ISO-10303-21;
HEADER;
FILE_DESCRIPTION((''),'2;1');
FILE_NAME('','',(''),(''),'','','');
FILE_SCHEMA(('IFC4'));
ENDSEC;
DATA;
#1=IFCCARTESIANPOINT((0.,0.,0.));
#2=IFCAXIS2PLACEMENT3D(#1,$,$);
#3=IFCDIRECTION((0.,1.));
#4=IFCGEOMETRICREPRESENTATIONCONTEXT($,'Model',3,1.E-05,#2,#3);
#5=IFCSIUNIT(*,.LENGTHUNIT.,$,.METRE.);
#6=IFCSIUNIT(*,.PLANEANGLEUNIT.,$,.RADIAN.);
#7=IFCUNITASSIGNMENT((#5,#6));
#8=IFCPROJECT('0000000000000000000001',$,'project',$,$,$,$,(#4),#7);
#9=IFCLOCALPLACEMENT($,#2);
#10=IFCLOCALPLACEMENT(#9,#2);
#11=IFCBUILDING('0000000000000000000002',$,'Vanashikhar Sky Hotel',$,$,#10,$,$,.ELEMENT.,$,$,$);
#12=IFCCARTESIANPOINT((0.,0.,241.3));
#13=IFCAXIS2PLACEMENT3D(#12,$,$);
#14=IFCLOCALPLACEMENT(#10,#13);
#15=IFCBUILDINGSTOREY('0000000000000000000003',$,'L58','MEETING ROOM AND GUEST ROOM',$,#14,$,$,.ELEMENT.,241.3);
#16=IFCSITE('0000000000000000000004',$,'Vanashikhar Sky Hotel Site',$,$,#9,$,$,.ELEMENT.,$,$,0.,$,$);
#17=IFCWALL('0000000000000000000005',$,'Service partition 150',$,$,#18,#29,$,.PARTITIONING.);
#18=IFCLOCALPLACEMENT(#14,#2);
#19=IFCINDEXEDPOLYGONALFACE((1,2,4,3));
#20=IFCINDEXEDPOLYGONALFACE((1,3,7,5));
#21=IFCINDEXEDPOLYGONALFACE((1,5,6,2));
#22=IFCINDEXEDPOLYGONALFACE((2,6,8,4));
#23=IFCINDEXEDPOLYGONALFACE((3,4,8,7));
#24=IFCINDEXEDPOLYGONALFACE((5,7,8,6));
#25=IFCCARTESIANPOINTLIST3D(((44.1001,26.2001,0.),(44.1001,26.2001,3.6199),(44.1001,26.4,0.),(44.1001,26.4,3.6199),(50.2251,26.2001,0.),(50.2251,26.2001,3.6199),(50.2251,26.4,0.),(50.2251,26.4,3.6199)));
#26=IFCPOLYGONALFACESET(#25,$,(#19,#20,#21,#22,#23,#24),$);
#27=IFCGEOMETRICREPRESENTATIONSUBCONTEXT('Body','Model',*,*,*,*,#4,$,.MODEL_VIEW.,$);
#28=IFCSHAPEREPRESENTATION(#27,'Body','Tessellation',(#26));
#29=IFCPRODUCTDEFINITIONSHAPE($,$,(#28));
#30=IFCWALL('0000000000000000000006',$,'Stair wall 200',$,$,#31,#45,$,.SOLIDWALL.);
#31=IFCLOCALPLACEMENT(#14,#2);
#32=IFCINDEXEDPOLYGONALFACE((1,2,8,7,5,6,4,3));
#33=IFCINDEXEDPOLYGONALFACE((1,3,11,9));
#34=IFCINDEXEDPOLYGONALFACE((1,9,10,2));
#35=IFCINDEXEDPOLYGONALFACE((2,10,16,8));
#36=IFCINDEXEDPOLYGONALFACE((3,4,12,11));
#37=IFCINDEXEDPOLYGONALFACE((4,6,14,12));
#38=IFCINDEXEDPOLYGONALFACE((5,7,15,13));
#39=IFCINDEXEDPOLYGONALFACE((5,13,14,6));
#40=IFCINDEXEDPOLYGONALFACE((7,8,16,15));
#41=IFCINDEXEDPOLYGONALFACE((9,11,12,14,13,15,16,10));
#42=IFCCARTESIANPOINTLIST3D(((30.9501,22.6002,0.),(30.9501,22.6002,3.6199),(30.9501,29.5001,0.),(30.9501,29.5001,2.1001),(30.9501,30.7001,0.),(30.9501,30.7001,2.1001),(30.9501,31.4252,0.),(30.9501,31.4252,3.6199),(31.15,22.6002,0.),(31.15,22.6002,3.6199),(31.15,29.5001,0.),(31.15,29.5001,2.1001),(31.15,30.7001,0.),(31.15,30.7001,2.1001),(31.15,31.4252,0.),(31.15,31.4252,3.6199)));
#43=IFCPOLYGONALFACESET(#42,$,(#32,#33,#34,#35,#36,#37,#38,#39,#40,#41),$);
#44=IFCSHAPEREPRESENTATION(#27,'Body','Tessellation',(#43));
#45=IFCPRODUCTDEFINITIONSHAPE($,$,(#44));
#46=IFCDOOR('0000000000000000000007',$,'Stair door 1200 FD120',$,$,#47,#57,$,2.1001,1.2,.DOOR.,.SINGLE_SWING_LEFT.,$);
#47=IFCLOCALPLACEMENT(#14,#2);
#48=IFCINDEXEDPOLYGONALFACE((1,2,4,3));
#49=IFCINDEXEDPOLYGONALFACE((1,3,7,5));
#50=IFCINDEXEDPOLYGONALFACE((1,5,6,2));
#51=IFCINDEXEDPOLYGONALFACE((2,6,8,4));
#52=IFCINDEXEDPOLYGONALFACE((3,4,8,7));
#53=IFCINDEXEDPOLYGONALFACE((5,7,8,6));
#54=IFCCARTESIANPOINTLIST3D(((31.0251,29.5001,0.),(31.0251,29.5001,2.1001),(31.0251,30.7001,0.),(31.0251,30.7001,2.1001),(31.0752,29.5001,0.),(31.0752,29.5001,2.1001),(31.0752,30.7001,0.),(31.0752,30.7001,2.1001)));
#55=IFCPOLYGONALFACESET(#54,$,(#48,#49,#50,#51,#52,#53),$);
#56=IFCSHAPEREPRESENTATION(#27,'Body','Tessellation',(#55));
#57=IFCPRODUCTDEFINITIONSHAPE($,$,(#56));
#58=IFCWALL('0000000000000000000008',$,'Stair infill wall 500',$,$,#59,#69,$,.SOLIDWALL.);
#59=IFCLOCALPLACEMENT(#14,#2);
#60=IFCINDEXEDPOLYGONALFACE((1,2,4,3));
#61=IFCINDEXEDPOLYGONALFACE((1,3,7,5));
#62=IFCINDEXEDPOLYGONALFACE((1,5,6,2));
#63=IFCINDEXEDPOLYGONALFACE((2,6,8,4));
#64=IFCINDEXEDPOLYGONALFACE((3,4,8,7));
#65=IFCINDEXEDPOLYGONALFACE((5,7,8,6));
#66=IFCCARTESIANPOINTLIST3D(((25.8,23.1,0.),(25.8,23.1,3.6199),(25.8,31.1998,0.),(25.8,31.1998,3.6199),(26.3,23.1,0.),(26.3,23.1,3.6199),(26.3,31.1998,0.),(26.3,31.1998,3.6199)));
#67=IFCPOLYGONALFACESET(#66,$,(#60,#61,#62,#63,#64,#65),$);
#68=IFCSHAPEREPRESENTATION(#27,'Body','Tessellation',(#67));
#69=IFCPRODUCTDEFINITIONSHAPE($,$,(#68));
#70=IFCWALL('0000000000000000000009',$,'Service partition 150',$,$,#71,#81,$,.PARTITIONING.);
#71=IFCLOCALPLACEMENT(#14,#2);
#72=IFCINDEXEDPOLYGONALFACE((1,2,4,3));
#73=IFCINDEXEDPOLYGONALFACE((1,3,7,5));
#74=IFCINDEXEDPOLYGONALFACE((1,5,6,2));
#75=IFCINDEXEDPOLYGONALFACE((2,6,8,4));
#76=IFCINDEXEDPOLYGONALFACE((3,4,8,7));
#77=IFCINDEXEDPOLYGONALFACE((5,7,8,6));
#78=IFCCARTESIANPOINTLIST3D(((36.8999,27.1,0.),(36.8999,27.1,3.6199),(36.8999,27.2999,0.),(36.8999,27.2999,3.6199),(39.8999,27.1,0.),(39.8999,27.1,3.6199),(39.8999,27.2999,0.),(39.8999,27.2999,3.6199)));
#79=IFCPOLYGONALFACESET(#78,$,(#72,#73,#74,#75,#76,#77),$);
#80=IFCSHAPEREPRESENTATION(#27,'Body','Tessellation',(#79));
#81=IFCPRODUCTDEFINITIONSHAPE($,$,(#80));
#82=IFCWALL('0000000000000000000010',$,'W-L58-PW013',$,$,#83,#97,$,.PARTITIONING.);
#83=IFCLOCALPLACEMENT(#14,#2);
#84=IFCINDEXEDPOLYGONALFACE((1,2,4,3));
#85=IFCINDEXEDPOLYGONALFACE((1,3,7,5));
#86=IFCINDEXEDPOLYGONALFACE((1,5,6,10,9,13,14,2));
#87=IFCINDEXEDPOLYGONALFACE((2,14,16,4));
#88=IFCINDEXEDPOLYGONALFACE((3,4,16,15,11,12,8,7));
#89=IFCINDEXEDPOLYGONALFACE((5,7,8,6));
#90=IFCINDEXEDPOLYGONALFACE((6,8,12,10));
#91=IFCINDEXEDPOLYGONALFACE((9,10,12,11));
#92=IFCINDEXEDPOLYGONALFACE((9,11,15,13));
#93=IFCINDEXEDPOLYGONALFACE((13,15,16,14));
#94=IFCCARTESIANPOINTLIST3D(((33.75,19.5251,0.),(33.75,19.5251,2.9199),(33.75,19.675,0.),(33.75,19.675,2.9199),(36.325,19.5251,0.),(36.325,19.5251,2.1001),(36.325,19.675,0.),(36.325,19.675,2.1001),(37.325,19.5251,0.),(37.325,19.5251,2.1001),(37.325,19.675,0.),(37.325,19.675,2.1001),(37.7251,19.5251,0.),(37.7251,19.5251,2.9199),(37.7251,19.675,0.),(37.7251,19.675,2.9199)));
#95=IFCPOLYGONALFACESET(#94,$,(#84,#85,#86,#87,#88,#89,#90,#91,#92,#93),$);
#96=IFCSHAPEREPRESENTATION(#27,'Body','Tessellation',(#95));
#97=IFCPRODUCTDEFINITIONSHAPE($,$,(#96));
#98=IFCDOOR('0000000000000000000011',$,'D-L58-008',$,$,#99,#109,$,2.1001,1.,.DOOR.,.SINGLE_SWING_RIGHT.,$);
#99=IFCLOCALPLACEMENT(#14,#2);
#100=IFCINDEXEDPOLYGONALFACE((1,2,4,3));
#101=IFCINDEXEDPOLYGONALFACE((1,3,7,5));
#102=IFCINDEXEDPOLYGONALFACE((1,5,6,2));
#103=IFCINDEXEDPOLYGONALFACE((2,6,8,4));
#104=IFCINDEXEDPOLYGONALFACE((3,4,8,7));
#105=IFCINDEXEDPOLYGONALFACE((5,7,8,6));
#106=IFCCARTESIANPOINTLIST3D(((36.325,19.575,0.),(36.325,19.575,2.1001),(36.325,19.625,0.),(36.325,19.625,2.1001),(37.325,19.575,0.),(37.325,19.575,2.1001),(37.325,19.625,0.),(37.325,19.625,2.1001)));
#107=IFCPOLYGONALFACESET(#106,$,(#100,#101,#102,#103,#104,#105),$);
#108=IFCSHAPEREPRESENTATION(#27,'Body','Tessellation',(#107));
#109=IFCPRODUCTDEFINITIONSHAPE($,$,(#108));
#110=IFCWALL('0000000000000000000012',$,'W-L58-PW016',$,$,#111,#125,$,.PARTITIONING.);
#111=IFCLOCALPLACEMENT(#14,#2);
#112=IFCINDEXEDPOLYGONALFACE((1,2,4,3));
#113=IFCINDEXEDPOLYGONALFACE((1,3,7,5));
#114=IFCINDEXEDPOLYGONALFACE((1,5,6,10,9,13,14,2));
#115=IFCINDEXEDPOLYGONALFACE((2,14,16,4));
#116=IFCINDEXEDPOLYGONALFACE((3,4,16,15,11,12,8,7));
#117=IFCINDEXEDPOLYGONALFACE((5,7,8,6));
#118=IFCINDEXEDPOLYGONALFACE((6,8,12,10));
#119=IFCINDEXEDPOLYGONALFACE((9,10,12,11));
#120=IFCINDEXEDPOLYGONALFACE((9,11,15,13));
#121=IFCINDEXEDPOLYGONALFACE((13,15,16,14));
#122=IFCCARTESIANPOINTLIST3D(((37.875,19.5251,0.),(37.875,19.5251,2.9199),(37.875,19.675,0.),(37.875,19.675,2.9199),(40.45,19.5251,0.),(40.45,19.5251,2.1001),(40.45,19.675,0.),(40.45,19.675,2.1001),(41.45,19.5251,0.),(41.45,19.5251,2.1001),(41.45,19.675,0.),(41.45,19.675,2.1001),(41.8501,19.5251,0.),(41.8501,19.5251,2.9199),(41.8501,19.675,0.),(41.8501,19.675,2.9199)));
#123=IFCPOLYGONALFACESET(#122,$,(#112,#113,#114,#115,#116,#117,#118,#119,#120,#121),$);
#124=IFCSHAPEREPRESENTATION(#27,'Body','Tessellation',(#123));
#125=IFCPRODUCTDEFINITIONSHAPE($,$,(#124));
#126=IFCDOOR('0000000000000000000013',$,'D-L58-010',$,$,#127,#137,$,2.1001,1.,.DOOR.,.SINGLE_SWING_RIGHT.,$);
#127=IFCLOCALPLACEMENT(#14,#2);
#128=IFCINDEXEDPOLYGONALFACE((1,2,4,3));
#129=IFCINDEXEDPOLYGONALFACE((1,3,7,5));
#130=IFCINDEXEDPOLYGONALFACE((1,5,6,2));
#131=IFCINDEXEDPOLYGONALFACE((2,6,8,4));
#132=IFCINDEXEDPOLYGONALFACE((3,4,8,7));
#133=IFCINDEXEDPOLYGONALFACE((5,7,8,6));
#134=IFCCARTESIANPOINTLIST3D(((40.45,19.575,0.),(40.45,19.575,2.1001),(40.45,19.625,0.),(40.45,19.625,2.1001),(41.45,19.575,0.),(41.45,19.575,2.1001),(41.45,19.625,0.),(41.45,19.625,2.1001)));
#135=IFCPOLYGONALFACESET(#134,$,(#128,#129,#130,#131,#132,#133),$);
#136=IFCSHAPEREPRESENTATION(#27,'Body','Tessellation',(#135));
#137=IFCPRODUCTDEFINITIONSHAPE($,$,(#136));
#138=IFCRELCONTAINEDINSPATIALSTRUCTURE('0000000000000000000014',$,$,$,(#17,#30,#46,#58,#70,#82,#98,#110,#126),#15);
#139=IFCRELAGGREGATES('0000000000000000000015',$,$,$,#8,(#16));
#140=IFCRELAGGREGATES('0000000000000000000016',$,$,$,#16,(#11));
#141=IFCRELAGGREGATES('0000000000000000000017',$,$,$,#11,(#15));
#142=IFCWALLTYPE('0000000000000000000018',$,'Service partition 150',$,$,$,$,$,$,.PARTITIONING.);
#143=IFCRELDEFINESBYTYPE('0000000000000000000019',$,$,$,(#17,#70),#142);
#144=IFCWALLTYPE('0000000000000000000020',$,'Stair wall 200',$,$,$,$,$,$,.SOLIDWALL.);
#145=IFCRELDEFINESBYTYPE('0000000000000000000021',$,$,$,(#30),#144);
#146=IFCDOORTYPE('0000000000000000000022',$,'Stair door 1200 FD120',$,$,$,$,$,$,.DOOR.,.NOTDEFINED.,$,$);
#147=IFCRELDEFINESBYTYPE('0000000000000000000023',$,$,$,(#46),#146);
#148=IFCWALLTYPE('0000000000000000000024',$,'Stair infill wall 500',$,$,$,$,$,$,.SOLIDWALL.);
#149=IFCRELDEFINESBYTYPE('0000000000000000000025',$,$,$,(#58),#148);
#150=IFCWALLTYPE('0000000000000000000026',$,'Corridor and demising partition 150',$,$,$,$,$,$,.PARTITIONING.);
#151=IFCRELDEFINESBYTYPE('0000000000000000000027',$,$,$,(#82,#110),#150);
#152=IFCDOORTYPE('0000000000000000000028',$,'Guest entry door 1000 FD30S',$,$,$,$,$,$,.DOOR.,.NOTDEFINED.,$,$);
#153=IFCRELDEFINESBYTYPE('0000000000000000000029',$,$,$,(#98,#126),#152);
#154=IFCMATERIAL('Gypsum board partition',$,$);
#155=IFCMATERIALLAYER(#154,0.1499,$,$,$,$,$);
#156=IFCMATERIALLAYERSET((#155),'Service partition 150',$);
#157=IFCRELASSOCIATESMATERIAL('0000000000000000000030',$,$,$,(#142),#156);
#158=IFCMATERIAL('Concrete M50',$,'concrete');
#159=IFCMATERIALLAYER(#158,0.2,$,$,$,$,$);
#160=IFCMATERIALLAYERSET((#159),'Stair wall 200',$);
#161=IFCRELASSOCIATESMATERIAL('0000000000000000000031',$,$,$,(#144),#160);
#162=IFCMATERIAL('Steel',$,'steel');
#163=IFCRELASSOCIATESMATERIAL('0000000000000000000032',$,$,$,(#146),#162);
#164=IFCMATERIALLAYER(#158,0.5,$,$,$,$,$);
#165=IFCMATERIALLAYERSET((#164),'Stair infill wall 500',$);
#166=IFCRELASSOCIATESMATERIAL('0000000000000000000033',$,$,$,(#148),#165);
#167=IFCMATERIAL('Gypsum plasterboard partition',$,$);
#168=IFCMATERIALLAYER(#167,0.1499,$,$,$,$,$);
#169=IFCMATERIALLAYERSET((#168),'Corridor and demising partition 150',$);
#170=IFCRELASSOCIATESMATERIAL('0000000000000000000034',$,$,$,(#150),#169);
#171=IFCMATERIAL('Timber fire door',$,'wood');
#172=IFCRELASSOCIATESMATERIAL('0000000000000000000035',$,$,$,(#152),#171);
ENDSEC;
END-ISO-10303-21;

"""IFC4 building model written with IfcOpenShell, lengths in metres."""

from ifc_helpers import new_model, si_unit, direction, frame, frame_2d, origin, place, context, subcontext, project, spatial, rectangle, extrude, source, transform, mapped, material, layer, layer_set, type_object, element, fill, save


model = new_model("IFC4")

# Units and contexts
model_context = context("Model", 3, precision=1e-05, world=origin(), true_north=direction((0.0, 1.0)))
body_context = subcontext(model_context, "Body", "Model", "MODEL_VIEW")
ifc_project = project(units=[si_unit("LENGTHUNIT", "METRE"), si_unit("PLANEANGLEUNIT", "RADIAN")], contexts=[model_context])

# Site, building, storey
site_placement = place(None, origin())
site = spatial("IfcSite", under=ifc_project, at=site_placement, Name="Vanashikhar Sky Hotel Site", CompositionType="ELEMENT", RefElevation=0.0)
building_placement = place(site_placement, origin())
building = spatial("IfcBuilding", under=site, at=building_placement, Name="Vanashikhar Sky Hotel", CompositionType="ELEMENT")
storey_placement = place(building_placement, frame((0.0, 0.0, 241.3)))
storey = spatial("IfcBuildingStorey", under=building, at=storey_placement, Name="L58", Description="MEETING ROOM AND GUEST ROOM", CompositionType="ELEMENT", Elevation=241.3)

# Shared definitions
ifc_material_1 = material(Name="Steel", Category="steel")

# Shared definitions
ifc_material_2 = material(Name="Gypsum board partition")
ifc_layer_1 = layer(ifc_material_2, 0.1499)
ifc_layer_set_1 = layer_set([ifc_layer_1], Name="Service partition 150")
wall_type_1 = type_object("IfcWallType", Name="Service partition 150", PredefinedType="PARTITIONING", material=ifc_layer_set_1)

# Wall
shared_shape_1 = source(origin(), body_context, "Body", "SweptSolid", [
    extrude(rectangle(XDim=6.125, YDim=0.2, at=frame_2d((3.0625, 0.0))), origin(), (0.0, 0.0, 1.0), 3.6199),
])
wall_1_placement = place(storey_placement, frame((44.1001, 26.3, 0.0), z_axis=(0.0, 0.0, 1.0), x_axis=(1.0, 0.0, 0.0)))
element("IfcWall", 1, at=wall_1_placement, inside=storey, type_object=wall_type_1, Name="Service partition 150", PredefinedType="PARTITIONING", context=body_context, shape_type="MappedRepresentation", body=[
    mapped(shared_shape_1, transform((0.0, 0.0, 0.0), scale=1.0)),
])

# Wall, opening, door
ifc_material_3 = material(Name="Concrete M50", Category="concrete")
ifc_layer_2 = layer(ifc_material_3, 0.2)
ifc_layer_set_2 = layer_set([ifc_layer_2], Name="Stair wall 200")
wall_type_2 = type_object("IfcWallType", Name="Stair wall 200", PredefinedType="SOLIDWALL", material=ifc_layer_set_2)
shared_shape_2 = source(origin(), body_context, "Body", "SweptSolid", [
    extrude(rectangle(XDim=8.825, YDim=0.2, at=frame_2d((4.4126, 0.0))), origin(), (0.0, 0.0, 1.0), 3.6199),
])
wall_2_placement = place(storey_placement, frame((31.05, 22.6001, 0.0), z_axis=(0.0, 0.0, 1.0), x_axis=(0.0, 1.0, 0.0)))
wall_2 = element("IfcWall", 2, at=wall_2_placement, inside=storey, type_object=wall_type_2, Name="Stair wall 200", PredefinedType="SOLIDWALL", context=body_context, shape_type="MappedRepresentation", body=[
    mapped(shared_shape_2, transform((0.0, 0.0, 0.0), scale=1.0)),
])
shared_shape_3 = source(origin(), body_context, "Body", "SweptSolid", [
    extrude(rectangle(XDim=1.2, YDim=2.1001, at=frame_2d((0.6001, 1.05))), frame((0.0, 0.1099, 0.0), z_axis=(0.0, -1.0, 0.0), x_axis=(1.0, 0.0, 0.0)), (0.0, 0.0, 1.0), 0.22),
])
opening_1_placement = place(wall_2_placement, frame((6.8999, 0.0, 0.0)))
opening_1 = element("IfcOpeningElement", 3, at=opening_1_placement, cuts=wall_2, PredefinedType="OPENING", context=body_context, shape_type="MappedRepresentation", body=[
    mapped(shared_shape_3, transform((0.0, 0.0, 0.0), scale=1.0)),
])
door_type_1 = type_object("IfcDoorType", Name="Stair door 1200 FD120", OperationType="NOTDEFINED", PredefinedType="DOOR", material=ifc_material_1)
shared_shape_4 = source(origin(), body_context, "Body", "SweptSolid", [
    extrude(rectangle(XDim=1.2, YDim=2.1001, at=frame_2d((0.6001, 1.05))), frame((0.0, 0.0249, 0.0), z_axis=(0.0, -1.0, 0.0), x_axis=(1.0, 0.0, 0.0)), (0.0, 0.0, 1.0), 0.05),
])
door_1_placement = place(opening_1_placement, origin())
door_1 = element("IfcDoor", 4, at=door_1_placement, inside=storey, type_object=door_type_1, Name="Stair door 1200 FD120", OperationType="SINGLE_SWING_LEFT", OverallHeight=2.1001, OverallWidth=1.2, PredefinedType="DOOR", context=body_context, shape_type="MappedRepresentation", body=[
    mapped(shared_shape_4, transform((0.0, 0.0, 0.0), scale=1.0)),
])
fill(opening_1, door_1)

# Walls
ifc_layer_3 = layer(ifc_material_3, 0.5)
ifc_layer_set_3 = layer_set([ifc_layer_3], Name="Stair infill wall 500")
wall_type_3 = type_object("IfcWallType", Name="Stair infill wall 500", PredefinedType="SOLIDWALL", material=ifc_layer_set_3)
shared_shape_5 = source(origin(), body_context, "Body", "SweptSolid", [
    extrude(rectangle(XDim=8.0999, YDim=0.5, at=frame_2d((4.0498, 0.0))), origin(), (0.0, 0.0, 1.0), 3.6199),
])
wall_3_placement = place(storey_placement, frame((26.05, 23.1001, 0.0), z_axis=(0.0, 0.0, 1.0), x_axis=(0.0, 1.0, 0.0)))
element("IfcWall", 5, at=wall_3_placement, inside=storey, type_object=wall_type_3, Name="Stair infill wall 500", PredefinedType="SOLIDWALL", context=body_context, shape_type="MappedRepresentation", body=[
    mapped(shared_shape_5, transform((0.0, 0.0, 0.0), scale=1.0)),
])
shared_shape_6 = source(origin(), body_context, "Body", "SweptSolid", [
    extrude(rectangle(XDim=3.0, YDim=0.2, at=frame_2d((1.5, 0.0))), origin(), (0.0, 0.0, 1.0), 3.6199),
])
wall_4_placement = place(storey_placement, frame((36.8999, 27.2, 0.0), z_axis=(0.0, 0.0, 1.0), x_axis=(1.0, 0.0, 0.0)))
element("IfcWall", 6, at=wall_4_placement, inside=storey, type_object=wall_type_1, Name="Service partition 150", PredefinedType="PARTITIONING", context=body_context, shape_type="MappedRepresentation", body=[
    mapped(shared_shape_6, transform((0.0, 0.0, 0.0), scale=1.0)),
])

# Walls, openings, doors
ifc_material_4 = material(Name="Gypsum plasterboard partition")
ifc_layer_4 = layer(ifc_material_4, 0.1499)
ifc_layer_set_4 = layer_set([ifc_layer_4], Name="Corridor and demising partition 150")
wall_type_4 = type_object("IfcWallType", Name="Corridor and demising partition 150", PredefinedType="PARTITIONING", material=ifc_layer_set_4)
shared_shape_7 = source(origin(), body_context, "Body", "SweptSolid", [
    extrude(rectangle(XDim=3.9751, YDim=0.1499, at=frame_2d((1.9875, 0.0))), origin(), (0.0, 0.0, 1.0), 2.9199),
])
wall_5_placement = place(storey_placement, frame((33.75, 19.6001, 0.0), z_axis=(0.0, 0.0, 1.0), x_axis=(1.0, 0.0, 0.0)))
wall_5 = element("IfcWall", 7, at=wall_5_placement, inside=storey, type_object=wall_type_4, Name="W-L58-PW013", PredefinedType="PARTITIONING", context=body_context, shape_type="MappedRepresentation", body=[
    mapped(shared_shape_7, transform((0.0, 0.0, 0.0), scale=1.0)),
])
shared_shape_8 = source(origin(), body_context, "Body", "SweptSolid", [
    extrude(rectangle(XDim=1.0, YDim=2.1001, at=frame_2d((0.5, 1.05))), frame((0.0, 0.085, 0.0), z_axis=(0.0, -1.0, 0.0), x_axis=(1.0, 0.0, 0.0)), (0.0, 0.0, 1.0), 0.1699),
])
opening_2_placement = place(wall_5_placement, frame((2.575, 0.0, 0.0)))
opening_2 = element("IfcOpeningElement", 8, at=opening_2_placement, cuts=wall_5, PredefinedType="OPENING", context=body_context, shape_type="MappedRepresentation", body=[
    mapped(shared_shape_8, transform((0.0, 0.0, 0.0), scale=1.0)),
])
ifc_material_5 = material(Name="Timber fire door", Category="wood")
door_type_2 = type_object("IfcDoorType", Name="Guest entry door 1000 FD30S", OperationType="NOTDEFINED", PredefinedType="DOOR", material=ifc_material_5)
shared_shape_9 = source(origin(), body_context, "Body", "SweptSolid", [
    extrude(rectangle(XDim=1.0, YDim=2.1001, at=frame_2d((0.5, 1.05))), frame((0.0, 0.0249, 0.0), z_axis=(0.0, -1.0, 0.0), x_axis=(1.0, 0.0, 0.0)), (0.0, 0.0, 1.0), 0.05),
])
door_2_placement = place(opening_2_placement, origin())
door_2 = element("IfcDoor", 9, at=door_2_placement, inside=storey, type_object=door_type_2, Name="D-L58-008", OperationType="SINGLE_SWING_RIGHT", OverallHeight=2.1001, OverallWidth=1.0, PredefinedType="DOOR", context=body_context, shape_type="MappedRepresentation", body=[
    mapped(shared_shape_9, transform((0.0, 0.0, 0.0), scale=1.0)),
])
fill(opening_2, door_2)
wall_6_placement = place(storey_placement, frame((37.875, 19.6001, 0.0), z_axis=(0.0, 0.0, 1.0), x_axis=(1.0, 0.0, 0.0)))
wall_6 = element("IfcWall", 10, at=wall_6_placement, inside=storey, type_object=wall_type_4, Name="W-L58-PW016", PredefinedType="PARTITIONING", context=body_context, shape_type="MappedRepresentation", body=[
    mapped(shared_shape_7, transform((0.0, 0.0, 0.0), scale=1.0)),
])
opening_3_placement = place(wall_6_placement, frame((2.575, 0.0, 0.0)))
opening_3 = element("IfcOpeningElement", 11, at=opening_3_placement, cuts=wall_6, PredefinedType="OPENING", context=body_context, shape_type="MappedRepresentation", body=[
    mapped(shared_shape_8, transform((0.0, 0.0, 0.0), scale=1.0)),
])
door_3_placement = place(opening_3_placement, origin())
door_3 = element("IfcDoor", 12, at=door_3_placement, inside=storey, type_object=door_type_2, Name="D-L58-010", OperationType="SINGLE_SWING_RIGHT", OverallHeight=2.1001, OverallWidth=1.0, PredefinedType="DOOR", context=body_context, shape_type="MappedRepresentation", body=[
    mapped(shared_shape_9, transform((0.0, 0.0, 0.0), scale=1.0)),
])
fill(opening_3, door_3)

save(model, "model.ifc")
